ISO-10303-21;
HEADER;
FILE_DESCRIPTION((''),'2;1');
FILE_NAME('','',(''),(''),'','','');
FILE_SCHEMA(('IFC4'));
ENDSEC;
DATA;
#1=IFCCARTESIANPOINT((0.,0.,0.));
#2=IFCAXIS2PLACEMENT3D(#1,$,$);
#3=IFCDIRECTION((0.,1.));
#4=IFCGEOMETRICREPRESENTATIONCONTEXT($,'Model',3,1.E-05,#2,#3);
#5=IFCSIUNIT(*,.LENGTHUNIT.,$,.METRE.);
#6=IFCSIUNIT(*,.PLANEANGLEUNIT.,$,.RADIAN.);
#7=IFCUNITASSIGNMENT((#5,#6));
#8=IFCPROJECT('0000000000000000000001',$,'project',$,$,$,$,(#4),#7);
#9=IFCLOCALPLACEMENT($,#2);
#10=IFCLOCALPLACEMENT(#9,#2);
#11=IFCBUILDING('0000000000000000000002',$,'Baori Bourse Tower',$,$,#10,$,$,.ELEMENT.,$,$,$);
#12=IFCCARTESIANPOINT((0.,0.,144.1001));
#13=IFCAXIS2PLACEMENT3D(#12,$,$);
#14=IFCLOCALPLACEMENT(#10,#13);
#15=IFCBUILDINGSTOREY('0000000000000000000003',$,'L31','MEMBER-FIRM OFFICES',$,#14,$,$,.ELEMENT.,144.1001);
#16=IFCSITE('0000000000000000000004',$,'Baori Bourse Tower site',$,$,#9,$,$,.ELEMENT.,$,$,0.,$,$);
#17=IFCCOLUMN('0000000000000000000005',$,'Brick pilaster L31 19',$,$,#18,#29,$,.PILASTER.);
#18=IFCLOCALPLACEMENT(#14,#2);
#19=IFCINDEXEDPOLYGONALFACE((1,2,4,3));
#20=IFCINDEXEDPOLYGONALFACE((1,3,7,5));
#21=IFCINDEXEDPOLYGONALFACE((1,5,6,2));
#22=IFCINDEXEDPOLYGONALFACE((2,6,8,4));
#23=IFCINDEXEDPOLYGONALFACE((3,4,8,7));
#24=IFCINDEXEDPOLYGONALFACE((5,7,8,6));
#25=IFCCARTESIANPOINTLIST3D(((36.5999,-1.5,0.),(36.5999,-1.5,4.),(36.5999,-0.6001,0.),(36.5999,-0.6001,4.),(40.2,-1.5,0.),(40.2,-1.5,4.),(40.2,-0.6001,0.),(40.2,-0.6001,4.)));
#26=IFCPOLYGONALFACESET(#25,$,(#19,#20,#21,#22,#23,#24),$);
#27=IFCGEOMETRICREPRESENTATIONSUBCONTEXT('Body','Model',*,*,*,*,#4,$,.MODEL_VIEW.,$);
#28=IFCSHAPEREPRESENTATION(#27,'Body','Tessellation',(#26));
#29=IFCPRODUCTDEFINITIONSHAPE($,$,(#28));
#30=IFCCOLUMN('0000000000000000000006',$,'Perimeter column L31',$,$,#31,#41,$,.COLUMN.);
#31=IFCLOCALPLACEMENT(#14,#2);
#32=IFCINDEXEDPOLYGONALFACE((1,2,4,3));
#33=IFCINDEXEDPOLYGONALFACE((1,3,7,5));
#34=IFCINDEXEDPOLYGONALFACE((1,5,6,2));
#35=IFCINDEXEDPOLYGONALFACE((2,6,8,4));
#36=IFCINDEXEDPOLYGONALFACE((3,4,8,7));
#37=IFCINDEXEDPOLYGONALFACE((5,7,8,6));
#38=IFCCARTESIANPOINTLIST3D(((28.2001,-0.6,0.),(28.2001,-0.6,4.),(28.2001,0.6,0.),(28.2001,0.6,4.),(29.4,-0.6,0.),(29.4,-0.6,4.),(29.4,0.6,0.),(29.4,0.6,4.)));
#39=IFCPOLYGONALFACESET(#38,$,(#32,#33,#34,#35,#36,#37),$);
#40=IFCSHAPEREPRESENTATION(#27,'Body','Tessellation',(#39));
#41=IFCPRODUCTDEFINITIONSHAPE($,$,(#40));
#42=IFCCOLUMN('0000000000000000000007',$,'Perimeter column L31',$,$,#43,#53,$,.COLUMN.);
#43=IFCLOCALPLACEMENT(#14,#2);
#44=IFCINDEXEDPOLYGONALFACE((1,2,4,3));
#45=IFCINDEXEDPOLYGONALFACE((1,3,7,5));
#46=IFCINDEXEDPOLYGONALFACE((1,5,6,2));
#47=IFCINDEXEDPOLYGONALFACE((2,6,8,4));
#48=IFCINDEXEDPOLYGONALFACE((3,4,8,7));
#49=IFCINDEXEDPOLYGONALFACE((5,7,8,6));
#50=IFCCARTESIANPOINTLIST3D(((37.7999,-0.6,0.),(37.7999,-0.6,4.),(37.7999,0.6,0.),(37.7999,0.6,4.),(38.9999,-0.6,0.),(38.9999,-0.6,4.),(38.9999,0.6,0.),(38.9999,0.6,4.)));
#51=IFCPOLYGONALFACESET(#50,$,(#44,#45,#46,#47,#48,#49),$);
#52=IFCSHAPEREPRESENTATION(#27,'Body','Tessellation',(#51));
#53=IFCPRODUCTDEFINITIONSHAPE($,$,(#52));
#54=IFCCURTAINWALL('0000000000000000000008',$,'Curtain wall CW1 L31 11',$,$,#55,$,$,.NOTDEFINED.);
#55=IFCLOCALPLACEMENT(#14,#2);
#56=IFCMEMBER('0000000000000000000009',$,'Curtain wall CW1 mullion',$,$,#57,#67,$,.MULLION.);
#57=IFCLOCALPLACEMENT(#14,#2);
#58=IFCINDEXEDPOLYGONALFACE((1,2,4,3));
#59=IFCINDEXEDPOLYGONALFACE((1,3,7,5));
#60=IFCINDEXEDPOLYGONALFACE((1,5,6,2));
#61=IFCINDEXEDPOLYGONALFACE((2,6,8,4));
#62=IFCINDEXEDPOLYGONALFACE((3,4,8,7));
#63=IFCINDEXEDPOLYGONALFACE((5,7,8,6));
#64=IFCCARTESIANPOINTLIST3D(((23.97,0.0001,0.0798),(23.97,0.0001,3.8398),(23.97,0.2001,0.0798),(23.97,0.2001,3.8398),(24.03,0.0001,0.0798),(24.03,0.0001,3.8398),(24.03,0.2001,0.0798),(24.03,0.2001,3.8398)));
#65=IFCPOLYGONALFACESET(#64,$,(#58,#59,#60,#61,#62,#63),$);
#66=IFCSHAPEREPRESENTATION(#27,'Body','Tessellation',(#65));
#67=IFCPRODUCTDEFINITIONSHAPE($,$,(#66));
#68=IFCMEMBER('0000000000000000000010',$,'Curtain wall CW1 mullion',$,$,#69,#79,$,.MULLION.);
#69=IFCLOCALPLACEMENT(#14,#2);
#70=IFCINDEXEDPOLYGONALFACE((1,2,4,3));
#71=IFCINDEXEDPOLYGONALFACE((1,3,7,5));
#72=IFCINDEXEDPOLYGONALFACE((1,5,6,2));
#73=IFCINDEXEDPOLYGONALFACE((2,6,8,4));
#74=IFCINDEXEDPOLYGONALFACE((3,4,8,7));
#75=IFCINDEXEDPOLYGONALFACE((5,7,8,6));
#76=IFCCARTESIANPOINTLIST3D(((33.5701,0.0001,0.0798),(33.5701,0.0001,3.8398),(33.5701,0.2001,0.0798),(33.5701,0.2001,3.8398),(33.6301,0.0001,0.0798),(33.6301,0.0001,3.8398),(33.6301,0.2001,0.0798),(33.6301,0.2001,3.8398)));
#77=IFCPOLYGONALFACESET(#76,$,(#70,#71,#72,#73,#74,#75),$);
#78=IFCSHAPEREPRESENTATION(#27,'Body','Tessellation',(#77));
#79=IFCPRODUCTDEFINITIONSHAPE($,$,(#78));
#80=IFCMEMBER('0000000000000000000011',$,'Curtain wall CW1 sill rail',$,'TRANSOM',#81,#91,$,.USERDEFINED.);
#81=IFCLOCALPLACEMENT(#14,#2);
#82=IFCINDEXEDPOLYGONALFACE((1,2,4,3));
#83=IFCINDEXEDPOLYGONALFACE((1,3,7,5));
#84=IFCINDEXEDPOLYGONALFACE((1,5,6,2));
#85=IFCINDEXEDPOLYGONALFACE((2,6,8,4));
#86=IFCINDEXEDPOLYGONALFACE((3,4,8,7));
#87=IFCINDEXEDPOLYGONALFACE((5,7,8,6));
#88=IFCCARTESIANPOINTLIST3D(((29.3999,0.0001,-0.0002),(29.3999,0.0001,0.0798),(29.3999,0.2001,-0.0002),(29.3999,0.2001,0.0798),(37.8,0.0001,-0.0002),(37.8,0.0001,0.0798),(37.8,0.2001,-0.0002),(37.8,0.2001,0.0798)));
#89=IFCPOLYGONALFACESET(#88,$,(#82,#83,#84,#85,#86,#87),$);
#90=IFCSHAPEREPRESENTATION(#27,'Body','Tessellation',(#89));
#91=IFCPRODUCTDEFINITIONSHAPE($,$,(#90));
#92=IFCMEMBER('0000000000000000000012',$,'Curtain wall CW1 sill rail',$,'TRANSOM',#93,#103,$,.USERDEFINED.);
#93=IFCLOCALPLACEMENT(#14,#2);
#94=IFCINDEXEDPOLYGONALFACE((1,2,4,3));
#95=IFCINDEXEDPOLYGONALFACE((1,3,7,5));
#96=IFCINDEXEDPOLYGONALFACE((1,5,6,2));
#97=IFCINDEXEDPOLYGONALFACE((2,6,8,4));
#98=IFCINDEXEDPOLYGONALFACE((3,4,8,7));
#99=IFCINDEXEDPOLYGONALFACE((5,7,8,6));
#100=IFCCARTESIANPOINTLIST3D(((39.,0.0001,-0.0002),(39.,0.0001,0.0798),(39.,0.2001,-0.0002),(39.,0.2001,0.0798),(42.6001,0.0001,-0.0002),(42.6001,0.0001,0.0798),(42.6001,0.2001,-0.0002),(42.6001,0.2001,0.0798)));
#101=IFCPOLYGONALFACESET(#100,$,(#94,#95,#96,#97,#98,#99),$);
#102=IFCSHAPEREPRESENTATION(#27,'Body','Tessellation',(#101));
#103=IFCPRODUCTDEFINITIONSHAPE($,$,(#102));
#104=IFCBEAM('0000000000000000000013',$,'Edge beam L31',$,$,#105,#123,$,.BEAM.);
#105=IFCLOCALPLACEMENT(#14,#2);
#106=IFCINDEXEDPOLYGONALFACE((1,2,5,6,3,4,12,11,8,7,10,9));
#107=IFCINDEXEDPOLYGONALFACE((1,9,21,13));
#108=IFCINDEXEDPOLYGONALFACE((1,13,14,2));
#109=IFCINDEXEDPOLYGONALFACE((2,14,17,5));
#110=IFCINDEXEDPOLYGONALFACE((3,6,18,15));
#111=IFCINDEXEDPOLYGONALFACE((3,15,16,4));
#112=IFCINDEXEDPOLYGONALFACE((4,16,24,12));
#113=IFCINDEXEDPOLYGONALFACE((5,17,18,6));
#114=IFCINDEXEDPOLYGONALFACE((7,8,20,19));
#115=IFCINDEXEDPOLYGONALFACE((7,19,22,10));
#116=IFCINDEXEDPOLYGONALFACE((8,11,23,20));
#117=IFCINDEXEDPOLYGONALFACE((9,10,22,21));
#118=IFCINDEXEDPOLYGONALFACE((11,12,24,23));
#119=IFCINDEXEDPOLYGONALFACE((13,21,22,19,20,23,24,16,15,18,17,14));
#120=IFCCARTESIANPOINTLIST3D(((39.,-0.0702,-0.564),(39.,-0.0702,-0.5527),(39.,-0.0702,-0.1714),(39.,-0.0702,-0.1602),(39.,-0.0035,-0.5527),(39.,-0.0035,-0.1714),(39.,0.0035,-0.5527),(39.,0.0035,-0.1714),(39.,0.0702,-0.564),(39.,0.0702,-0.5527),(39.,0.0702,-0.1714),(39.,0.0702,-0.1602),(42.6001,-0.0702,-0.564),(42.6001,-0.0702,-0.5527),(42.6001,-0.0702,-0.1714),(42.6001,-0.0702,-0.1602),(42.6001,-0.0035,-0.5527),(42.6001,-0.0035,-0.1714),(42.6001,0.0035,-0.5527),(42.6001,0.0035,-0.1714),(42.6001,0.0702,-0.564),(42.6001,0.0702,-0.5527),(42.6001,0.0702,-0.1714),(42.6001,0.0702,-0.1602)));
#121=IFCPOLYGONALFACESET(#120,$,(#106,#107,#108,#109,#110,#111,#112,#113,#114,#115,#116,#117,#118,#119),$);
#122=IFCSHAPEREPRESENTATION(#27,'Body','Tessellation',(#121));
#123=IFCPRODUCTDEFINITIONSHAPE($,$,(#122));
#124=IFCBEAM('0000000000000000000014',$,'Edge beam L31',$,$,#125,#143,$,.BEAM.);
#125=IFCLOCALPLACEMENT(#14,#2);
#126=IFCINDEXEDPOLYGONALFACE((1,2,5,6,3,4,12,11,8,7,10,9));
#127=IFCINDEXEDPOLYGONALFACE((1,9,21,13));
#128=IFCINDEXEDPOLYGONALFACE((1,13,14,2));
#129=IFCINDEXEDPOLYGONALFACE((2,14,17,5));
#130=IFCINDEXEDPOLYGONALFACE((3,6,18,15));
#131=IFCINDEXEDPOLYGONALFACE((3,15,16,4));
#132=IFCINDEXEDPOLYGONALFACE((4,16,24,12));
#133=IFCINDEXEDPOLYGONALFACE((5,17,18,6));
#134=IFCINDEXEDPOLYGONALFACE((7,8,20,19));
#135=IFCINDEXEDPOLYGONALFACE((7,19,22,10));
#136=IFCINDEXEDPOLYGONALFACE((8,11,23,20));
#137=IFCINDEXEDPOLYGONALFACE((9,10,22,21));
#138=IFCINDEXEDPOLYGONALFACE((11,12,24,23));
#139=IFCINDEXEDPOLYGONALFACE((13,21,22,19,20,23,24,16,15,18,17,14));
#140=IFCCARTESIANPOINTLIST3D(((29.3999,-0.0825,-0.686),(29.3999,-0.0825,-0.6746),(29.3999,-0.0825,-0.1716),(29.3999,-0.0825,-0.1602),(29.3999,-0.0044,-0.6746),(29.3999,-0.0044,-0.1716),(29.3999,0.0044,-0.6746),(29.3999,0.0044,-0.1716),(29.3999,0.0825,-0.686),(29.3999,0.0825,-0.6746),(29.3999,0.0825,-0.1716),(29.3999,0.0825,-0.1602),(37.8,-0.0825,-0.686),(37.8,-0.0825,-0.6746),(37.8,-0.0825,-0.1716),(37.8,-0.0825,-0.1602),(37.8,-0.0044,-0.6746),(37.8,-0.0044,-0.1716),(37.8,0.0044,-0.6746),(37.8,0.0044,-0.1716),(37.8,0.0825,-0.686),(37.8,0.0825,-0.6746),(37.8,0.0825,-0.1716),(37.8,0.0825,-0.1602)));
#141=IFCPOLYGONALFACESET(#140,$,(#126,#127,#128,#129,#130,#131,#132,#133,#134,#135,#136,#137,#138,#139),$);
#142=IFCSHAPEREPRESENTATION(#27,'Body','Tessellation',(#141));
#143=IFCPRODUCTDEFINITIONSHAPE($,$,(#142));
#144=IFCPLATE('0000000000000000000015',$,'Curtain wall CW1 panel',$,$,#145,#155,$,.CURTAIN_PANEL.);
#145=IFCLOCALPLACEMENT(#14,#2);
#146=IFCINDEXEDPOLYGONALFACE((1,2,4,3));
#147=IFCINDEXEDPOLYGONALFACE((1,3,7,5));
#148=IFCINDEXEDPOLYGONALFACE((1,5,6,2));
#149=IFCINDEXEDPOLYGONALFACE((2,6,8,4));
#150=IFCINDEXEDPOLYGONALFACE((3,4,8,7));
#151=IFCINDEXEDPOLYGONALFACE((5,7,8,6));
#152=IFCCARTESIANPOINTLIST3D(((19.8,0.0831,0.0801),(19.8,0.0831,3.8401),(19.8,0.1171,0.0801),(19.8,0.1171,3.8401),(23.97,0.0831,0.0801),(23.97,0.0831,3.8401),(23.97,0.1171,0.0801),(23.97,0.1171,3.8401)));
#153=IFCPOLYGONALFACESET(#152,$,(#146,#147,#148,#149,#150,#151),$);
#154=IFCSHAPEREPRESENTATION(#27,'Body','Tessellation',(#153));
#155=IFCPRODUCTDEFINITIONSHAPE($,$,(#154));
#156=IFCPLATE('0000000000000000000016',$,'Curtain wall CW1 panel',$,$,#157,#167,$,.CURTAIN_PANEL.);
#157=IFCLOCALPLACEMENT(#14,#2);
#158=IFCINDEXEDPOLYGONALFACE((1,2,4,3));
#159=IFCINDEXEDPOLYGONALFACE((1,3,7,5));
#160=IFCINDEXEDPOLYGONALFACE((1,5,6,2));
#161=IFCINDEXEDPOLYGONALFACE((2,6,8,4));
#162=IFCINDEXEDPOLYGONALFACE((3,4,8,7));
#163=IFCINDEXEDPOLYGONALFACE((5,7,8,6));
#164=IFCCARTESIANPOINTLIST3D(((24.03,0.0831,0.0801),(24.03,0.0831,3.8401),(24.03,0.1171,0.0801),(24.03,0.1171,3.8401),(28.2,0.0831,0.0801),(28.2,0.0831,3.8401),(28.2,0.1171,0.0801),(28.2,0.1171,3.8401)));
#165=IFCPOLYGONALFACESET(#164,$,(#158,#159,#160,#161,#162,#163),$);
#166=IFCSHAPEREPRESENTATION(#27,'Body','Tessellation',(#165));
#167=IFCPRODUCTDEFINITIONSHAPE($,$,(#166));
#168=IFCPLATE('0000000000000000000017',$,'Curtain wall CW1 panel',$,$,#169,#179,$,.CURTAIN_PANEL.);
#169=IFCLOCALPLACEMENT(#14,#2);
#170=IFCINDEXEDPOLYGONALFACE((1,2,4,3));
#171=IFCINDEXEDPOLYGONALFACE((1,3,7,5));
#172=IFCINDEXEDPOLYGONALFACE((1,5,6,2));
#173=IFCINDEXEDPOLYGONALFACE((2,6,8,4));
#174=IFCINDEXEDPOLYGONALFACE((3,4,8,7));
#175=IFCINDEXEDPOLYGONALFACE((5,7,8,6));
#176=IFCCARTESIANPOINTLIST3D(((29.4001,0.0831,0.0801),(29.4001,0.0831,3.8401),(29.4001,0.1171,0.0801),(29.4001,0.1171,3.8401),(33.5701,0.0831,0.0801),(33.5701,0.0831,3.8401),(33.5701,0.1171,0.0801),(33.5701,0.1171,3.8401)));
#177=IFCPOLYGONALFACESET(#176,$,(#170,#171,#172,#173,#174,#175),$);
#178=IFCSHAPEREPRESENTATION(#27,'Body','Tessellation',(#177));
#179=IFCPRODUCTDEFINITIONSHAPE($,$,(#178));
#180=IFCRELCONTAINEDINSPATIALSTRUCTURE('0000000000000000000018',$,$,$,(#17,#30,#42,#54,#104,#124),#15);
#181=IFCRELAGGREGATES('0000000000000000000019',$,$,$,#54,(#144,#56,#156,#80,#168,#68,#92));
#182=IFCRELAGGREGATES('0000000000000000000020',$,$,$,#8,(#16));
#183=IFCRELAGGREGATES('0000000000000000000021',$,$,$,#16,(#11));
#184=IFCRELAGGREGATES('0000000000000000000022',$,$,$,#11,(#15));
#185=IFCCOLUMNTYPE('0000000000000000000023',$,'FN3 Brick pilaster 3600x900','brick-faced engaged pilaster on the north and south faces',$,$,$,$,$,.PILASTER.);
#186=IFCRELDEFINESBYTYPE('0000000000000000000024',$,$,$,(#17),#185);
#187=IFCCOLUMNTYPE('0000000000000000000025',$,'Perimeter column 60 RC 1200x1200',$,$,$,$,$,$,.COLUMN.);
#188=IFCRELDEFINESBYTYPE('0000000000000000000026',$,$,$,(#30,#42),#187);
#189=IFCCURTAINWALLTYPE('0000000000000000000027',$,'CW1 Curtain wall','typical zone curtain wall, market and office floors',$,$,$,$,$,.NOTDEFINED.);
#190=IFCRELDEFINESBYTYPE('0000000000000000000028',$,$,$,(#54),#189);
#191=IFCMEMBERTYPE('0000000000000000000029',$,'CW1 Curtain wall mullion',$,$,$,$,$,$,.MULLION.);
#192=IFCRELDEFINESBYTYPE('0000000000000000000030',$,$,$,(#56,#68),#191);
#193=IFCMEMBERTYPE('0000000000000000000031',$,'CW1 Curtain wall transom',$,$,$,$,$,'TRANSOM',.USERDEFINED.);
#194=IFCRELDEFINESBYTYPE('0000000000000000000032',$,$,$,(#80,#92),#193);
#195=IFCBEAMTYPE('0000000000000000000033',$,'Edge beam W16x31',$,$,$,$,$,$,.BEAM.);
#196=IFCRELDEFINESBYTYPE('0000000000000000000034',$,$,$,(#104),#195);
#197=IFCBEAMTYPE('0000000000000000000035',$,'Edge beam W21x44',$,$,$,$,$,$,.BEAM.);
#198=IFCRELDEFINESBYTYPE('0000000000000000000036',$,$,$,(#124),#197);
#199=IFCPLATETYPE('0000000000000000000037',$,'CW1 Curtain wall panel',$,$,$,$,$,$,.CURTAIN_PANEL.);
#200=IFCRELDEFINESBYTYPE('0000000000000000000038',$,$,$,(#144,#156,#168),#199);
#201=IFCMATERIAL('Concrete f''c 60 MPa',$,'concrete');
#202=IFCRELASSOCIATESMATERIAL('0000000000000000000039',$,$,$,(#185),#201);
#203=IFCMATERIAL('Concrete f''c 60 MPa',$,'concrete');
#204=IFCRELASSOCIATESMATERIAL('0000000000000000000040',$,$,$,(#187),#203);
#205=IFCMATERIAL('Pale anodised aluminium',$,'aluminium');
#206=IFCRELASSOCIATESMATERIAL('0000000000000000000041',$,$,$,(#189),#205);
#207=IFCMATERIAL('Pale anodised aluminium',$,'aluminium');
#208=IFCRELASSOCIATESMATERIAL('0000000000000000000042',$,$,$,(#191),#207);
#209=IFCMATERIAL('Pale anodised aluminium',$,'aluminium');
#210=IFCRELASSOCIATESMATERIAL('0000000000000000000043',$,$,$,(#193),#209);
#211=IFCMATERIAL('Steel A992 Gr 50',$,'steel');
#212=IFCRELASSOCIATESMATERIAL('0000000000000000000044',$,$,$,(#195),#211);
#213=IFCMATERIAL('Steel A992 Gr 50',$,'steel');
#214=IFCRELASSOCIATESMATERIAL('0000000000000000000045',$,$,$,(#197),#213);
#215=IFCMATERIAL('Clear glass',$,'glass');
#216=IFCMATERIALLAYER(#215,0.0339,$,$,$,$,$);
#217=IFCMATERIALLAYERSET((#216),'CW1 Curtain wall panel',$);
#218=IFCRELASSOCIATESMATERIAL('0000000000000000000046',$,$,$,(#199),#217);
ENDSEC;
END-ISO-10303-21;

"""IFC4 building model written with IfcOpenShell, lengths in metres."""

from ifc_helpers import new_model, si_unit, direction, frame, origin, origin_2d, place, context, subcontext, project, spatial, rectangle, i_section, extrude, material, layer, layer_set, material_profile, profile_set, type_object, element, aggregate, save


model = new_model("IFC4")

# Units and contexts
model_context = context("Model", 3, precision=1e-05, world=origin(), true_north=direction((0.0, 1.0)))
body_context = subcontext(model_context, "Body", "Model", "MODEL_VIEW")
ifc_project = project(units=[si_unit("LENGTHUNIT", "METRE"), si_unit("PLANEANGLEUNIT", "RADIAN")], contexts=[model_context])

# Site, building, storey
site_placement = place(None, origin())
site = spatial("IfcSite", under=ifc_project, at=site_placement, Name="Baori Bourse Tower site", CompositionType="ELEMENT", RefElevation=0.0)
building_placement = place(site_placement, origin())
building = spatial("IfcBuilding", under=site, at=building_placement, Name="Baori Bourse Tower", CompositionType="ELEMENT")
storey_placement = place(building_placement, frame((0.0, 0.0, 144.1001)))
storey = spatial("IfcBuildingStorey", under=building, at=storey_placement, Name="L31", Description="MEMBER-FIRM OFFICES", CompositionType="ELEMENT", Elevation=144.1001)

# Columns
ifc_material_1 = material(Name="Concrete f'c 60 MPa", Category="concrete")
ifc_material_profile_1 = material_profile(ifc_material_1, rectangle(XDim=3.6001, YDim=0.8999, at=origin_2d()), Name="RC 3600x900")
ifc_profile_set_1 = profile_set([ifc_material_profile_1], Name="Concrete f'c 60 MPa")
column_type_1 = type_object("IfcColumnType", Name="FN3 Brick pilaster 3600x900", Description="brick-faced engaged pilaster on the north and south faces", PredefinedType="PILASTER", material=ifc_profile_set_1)
column_placement = place(storey_placement, frame((38.3999, -1.05, 0.0), z_axis=(0.0, 0.0, 1.0), x_axis=(1.0, 0.0, 0.0)))
element("IfcColumn", 1, at=column_placement, inside=storey, type_object=column_type_1, Name="Brick pilaster L31 19", PredefinedType="PILASTER", context=body_context, shape_type="SweptSolid", body=[
    extrude(rectangle(XDim=3.6001, YDim=0.8999, at=origin_2d()), origin(), (0.0, 0.0, 1.0), 4.0),
])
ifc_material_2 = material(Name="Concrete f'c 60 MPa", Category="concrete")
ifc_material_profile_2 = material_profile(ifc_material_2, rectangle(XDim=1.2, YDim=1.2, at=origin_2d()), Name="RC 1200x1200")
ifc_profile_set_2 = profile_set([ifc_material_profile_2], Name="Concrete f'c 60 MPa")
column_type_2 = type_object("IfcColumnType", Name="Perimeter column 60 RC 1200x1200", PredefinedType="COLUMN", material=ifc_profile_set_2)
for number, where, z_axis, x_axis, name in (
    (2, (28.8, 0.0, 0.0), (0.0, 0.0, 1.0), (1.0, 0.0, 0.0), "Perimeter column L31"),
    (3, (38.3999, 0.0, 0.0), (0.0, 0.0, 1.0), (1.0, 0.0, 0.0), "Perimeter column L31"),
):
    element("IfcColumn", number, at=place(storey_placement, frame(where, z_axis=z_axis, x_axis=x_axis)), inside=storey, type_object=column_type_2, Name=name, PredefinedType="COLUMN", context=body_context, shape_type="SweptSolid", body=[
        extrude(rectangle(XDim=1.2, YDim=1.2, at=origin_2d()), origin(), (0.0, 0.0, 1.0), 4.0),
    ])

# Curtain wall, members
ifc_material_3 = material(Name="Pale anodised aluminium", Category="aluminium")
curtain_wall_type = type_object("IfcCurtainWallType", Name="CW1 Curtain wall", Description="typical zone curtain wall, market and office floors", PredefinedType="NOTDEFINED", material=ifc_material_3)
curtain_wall_placement = place(storey_placement, origin())
curtain_wall = element("IfcCurtainWall", 4, at=curtain_wall_placement, inside=storey, type_object=curtain_wall_type, Name="Curtain wall CW1 L31 11", PredefinedType="NOTDEFINED")
ifc_material_4 = material(Name="Pale anodised aluminium", Category="aluminium")
ifc_material_profile_3 = material_profile(ifc_material_4, rectangle(XDim=0.2, YDim=0.0601, at=origin_2d()), Name="Mullion 60x200")
ifc_profile_set_3 = profile_set([ifc_material_profile_3], Name="Pale anodised aluminium")
member_type_1 = type_object("IfcMemberType", Name="CW1 Curtain wall mullion", PredefinedType="MULLION", material=ifc_profile_set_3)
member_1_placement = place(storey_placement, frame((24.0, 0.1001, 0.0798), z_axis=(0.0, 0.0, 1.0), x_axis=(0.0, 1.0, 0.0)))
member_1 = element("IfcMember", 5, at=member_1_placement, type_object=member_type_1, Name="Curtain wall CW1 mullion", PredefinedType="MULLION", context=body_context, shape_type="SweptSolid", body=[
    extrude(rectangle(XDim=0.2, YDim=0.0601, at=origin_2d()), origin(), (0.0, 0.0, 1.0), 3.76),
])
member_2_placement = place(storey_placement, frame((33.6001, 0.1001, 0.0798), z_axis=(0.0, 0.0, 1.0), x_axis=(0.0, 1.0, 0.0)))
member_2 = element("IfcMember", 6, at=member_2_placement, type_object=member_type_1, Name="Curtain wall CW1 mullion", PredefinedType="MULLION", context=body_context, shape_type="SweptSolid", body=[
    extrude(rectangle(XDim=0.2, YDim=0.0601, at=origin_2d()), origin(), (0.0, 0.0, 1.0), 3.76),
])
ifc_material_5 = material(Name="Pale anodised aluminium", Category="aluminium")
ifc_material_profile_4 = material_profile(ifc_material_5, rectangle(XDim=0.2, YDim=0.0801, at=origin_2d()), Name="Transom 80x200")
ifc_profile_set_4 = profile_set([ifc_material_profile_4], Name="Pale anodised aluminium")
member_type_2 = type_object("IfcMemberType", Name="CW1 Curtain wall transom", ElementType="TRANSOM", PredefinedType="USERDEFINED", material=ifc_profile_set_4)
member_3_placement = place(storey_placement, frame((29.3999, 0.1001, 0.0398), z_axis=(1.0, 0.0, 0.0), x_axis=(0.0, 1.0, 0.0)))
member_3 = element("IfcMember", 7, at=member_3_placement, type_object=member_type_2, Name="Curtain wall CW1 sill rail", ObjectType="TRANSOM", PredefinedType="USERDEFINED", context=body_context, shape_type="SweptSolid", body=[
    extrude(rectangle(XDim=0.2, YDim=0.0801, at=origin_2d()), origin(), (0.0, 0.0, 1.0), 8.4001),
])
member_4_placement = place(storey_placement, frame((39.0, 0.1001, 0.0398), z_axis=(1.0, 0.0, 0.0), x_axis=(0.0, 1.0, 0.0)))
member_4 = element("IfcMember", 8, at=member_4_placement, type_object=member_type_2, Name="Curtain wall CW1 sill rail", ObjectType="TRANSOM", PredefinedType="USERDEFINED", context=body_context, shape_type="SweptSolid", body=[
    extrude(rectangle(XDim=0.2, YDim=0.0801, at=origin_2d()), origin(), (0.0, 0.0, 1.0), 3.6001),
])

# Beams
ifc_material_6 = material(Name="Steel A992 Gr 50", Category="steel")
ifc_material_profile_5 = material_profile(ifc_material_6, i_section(OverallWidth=0.1404, OverallDepth=0.4038, WebThickness=0.0071, FlangeThickness=0.0112, at=origin_2d()), Name="W16x31")
ifc_profile_set_5 = profile_set([ifc_material_profile_5], Name="Steel A992 Gr 50")
beam_type_1 = type_object("IfcBeamType", Name="Edge beam W16x31", PredefinedType="BEAM", material=ifc_profile_set_5)
beam_1_placement = place(storey_placement, frame((39.0, 0.0, -0.3621), z_axis=(1.0, 0.0, 0.0), x_axis=(0.0, 1.0, 0.0)))
element("IfcBeam", 9, at=beam_1_placement, inside=storey, type_object=beam_type_1, Name="Edge beam L31", PredefinedType="BEAM", context=body_context, shape_type="SweptSolid", body=[
    extrude(i_section(OverallWidth=0.1404, OverallDepth=0.4038, WebThickness=0.0071, FlangeThickness=0.0112, at=origin_2d()), origin(), (0.0, 0.0, 1.0), 3.6001),
])
ifc_material_7 = material(Name="Steel A992 Gr 50", Category="steel")
ifc_material_profile_6 = material_profile(ifc_material_7, i_section(OverallWidth=0.165, OverallDepth=0.5259, WebThickness=0.0088, FlangeThickness=0.0115, at=origin_2d()), Name="W21x44")
ifc_profile_set_6 = profile_set([ifc_material_profile_6], Name="Steel A992 Gr 50")
beam_type_2 = type_object("IfcBeamType", Name="Edge beam W21x44", PredefinedType="BEAM", material=ifc_profile_set_6)
beam_2_placement = place(storey_placement, frame((29.3999, 0.0, -0.4231), z_axis=(1.0, 0.0, 0.0), x_axis=(0.0, 1.0, 0.0)))
element("IfcBeam", 10, at=beam_2_placement, inside=storey, type_object=beam_type_2, Name="Edge beam L31", PredefinedType="BEAM", context=body_context, shape_type="SweptSolid", body=[
    extrude(i_section(OverallWidth=0.165, OverallDepth=0.5259, WebThickness=0.0088, FlangeThickness=0.0115, at=origin_2d()), origin(), (0.0, 0.0, 1.0), 8.4001),
])

# Plates
ifc_material_8 = material(Name="Clear glass", Category="glass")
ifc_layer_1 = layer(ifc_material_8, 0.0339)
ifc_layer_set_1 = layer_set([ifc_layer_1], Name="CW1 Curtain wall panel")
plate_type = type_object("IfcPlateType", Name="CW1 Curtain wall panel", PredefinedType="CURTAIN_PANEL", material=ifc_layer_set_1)
plate_1_placement = place(storey_placement, frame((21.885, 0.1001, 0.0801), z_axis=(0.0, 0.0, 1.0), x_axis=(1.0, 0.0, 0.0)))
plate_1 = element("IfcPlate", 11, at=plate_1_placement, type_object=plate_type, Name="Curtain wall CW1 panel", PredefinedType="CURTAIN_PANEL", context=body_context, shape_type="SweptSolid", body=[
    extrude(rectangle(XDim=4.1699, YDim=0.0339, at=origin_2d()), origin(), (0.0, 0.0, 1.0), 3.76),
])
plate_2_placement = place(storey_placement, frame((26.115, 0.1001, 0.0801), z_axis=(0.0, 0.0, 1.0), x_axis=(1.0, 0.0, 0.0)))
plate_2 = element("IfcPlate", 12, at=plate_2_placement, type_object=plate_type, Name="Curtain wall CW1 panel", PredefinedType="CURTAIN_PANEL", context=body_context, shape_type="SweptSolid", body=[
    extrude(rectangle(XDim=4.1699, YDim=0.0339, at=origin_2d()), origin(), (0.0, 0.0, 1.0), 3.76),
])
plate_3_placement = place(storey_placement, frame((31.4851, 0.1001, 0.0801), z_axis=(0.0, 0.0, 1.0), x_axis=(1.0, 0.0, 0.0)))
plate_3 = element("IfcPlate", 13, at=plate_3_placement, type_object=plate_type, Name="Curtain wall CW1 panel", PredefinedType="CURTAIN_PANEL", context=body_context, shape_type="SweptSolid", body=[
    extrude(rectangle(XDim=4.1699, YDim=0.0339, at=origin_2d()), origin(), (0.0, 0.0, 1.0), 3.76),
])
aggregate(curtain_wall, [plate_1, member_1, plate_2, member_3, plate_3, member_2, member_4])

save(model, "model.ifc")
